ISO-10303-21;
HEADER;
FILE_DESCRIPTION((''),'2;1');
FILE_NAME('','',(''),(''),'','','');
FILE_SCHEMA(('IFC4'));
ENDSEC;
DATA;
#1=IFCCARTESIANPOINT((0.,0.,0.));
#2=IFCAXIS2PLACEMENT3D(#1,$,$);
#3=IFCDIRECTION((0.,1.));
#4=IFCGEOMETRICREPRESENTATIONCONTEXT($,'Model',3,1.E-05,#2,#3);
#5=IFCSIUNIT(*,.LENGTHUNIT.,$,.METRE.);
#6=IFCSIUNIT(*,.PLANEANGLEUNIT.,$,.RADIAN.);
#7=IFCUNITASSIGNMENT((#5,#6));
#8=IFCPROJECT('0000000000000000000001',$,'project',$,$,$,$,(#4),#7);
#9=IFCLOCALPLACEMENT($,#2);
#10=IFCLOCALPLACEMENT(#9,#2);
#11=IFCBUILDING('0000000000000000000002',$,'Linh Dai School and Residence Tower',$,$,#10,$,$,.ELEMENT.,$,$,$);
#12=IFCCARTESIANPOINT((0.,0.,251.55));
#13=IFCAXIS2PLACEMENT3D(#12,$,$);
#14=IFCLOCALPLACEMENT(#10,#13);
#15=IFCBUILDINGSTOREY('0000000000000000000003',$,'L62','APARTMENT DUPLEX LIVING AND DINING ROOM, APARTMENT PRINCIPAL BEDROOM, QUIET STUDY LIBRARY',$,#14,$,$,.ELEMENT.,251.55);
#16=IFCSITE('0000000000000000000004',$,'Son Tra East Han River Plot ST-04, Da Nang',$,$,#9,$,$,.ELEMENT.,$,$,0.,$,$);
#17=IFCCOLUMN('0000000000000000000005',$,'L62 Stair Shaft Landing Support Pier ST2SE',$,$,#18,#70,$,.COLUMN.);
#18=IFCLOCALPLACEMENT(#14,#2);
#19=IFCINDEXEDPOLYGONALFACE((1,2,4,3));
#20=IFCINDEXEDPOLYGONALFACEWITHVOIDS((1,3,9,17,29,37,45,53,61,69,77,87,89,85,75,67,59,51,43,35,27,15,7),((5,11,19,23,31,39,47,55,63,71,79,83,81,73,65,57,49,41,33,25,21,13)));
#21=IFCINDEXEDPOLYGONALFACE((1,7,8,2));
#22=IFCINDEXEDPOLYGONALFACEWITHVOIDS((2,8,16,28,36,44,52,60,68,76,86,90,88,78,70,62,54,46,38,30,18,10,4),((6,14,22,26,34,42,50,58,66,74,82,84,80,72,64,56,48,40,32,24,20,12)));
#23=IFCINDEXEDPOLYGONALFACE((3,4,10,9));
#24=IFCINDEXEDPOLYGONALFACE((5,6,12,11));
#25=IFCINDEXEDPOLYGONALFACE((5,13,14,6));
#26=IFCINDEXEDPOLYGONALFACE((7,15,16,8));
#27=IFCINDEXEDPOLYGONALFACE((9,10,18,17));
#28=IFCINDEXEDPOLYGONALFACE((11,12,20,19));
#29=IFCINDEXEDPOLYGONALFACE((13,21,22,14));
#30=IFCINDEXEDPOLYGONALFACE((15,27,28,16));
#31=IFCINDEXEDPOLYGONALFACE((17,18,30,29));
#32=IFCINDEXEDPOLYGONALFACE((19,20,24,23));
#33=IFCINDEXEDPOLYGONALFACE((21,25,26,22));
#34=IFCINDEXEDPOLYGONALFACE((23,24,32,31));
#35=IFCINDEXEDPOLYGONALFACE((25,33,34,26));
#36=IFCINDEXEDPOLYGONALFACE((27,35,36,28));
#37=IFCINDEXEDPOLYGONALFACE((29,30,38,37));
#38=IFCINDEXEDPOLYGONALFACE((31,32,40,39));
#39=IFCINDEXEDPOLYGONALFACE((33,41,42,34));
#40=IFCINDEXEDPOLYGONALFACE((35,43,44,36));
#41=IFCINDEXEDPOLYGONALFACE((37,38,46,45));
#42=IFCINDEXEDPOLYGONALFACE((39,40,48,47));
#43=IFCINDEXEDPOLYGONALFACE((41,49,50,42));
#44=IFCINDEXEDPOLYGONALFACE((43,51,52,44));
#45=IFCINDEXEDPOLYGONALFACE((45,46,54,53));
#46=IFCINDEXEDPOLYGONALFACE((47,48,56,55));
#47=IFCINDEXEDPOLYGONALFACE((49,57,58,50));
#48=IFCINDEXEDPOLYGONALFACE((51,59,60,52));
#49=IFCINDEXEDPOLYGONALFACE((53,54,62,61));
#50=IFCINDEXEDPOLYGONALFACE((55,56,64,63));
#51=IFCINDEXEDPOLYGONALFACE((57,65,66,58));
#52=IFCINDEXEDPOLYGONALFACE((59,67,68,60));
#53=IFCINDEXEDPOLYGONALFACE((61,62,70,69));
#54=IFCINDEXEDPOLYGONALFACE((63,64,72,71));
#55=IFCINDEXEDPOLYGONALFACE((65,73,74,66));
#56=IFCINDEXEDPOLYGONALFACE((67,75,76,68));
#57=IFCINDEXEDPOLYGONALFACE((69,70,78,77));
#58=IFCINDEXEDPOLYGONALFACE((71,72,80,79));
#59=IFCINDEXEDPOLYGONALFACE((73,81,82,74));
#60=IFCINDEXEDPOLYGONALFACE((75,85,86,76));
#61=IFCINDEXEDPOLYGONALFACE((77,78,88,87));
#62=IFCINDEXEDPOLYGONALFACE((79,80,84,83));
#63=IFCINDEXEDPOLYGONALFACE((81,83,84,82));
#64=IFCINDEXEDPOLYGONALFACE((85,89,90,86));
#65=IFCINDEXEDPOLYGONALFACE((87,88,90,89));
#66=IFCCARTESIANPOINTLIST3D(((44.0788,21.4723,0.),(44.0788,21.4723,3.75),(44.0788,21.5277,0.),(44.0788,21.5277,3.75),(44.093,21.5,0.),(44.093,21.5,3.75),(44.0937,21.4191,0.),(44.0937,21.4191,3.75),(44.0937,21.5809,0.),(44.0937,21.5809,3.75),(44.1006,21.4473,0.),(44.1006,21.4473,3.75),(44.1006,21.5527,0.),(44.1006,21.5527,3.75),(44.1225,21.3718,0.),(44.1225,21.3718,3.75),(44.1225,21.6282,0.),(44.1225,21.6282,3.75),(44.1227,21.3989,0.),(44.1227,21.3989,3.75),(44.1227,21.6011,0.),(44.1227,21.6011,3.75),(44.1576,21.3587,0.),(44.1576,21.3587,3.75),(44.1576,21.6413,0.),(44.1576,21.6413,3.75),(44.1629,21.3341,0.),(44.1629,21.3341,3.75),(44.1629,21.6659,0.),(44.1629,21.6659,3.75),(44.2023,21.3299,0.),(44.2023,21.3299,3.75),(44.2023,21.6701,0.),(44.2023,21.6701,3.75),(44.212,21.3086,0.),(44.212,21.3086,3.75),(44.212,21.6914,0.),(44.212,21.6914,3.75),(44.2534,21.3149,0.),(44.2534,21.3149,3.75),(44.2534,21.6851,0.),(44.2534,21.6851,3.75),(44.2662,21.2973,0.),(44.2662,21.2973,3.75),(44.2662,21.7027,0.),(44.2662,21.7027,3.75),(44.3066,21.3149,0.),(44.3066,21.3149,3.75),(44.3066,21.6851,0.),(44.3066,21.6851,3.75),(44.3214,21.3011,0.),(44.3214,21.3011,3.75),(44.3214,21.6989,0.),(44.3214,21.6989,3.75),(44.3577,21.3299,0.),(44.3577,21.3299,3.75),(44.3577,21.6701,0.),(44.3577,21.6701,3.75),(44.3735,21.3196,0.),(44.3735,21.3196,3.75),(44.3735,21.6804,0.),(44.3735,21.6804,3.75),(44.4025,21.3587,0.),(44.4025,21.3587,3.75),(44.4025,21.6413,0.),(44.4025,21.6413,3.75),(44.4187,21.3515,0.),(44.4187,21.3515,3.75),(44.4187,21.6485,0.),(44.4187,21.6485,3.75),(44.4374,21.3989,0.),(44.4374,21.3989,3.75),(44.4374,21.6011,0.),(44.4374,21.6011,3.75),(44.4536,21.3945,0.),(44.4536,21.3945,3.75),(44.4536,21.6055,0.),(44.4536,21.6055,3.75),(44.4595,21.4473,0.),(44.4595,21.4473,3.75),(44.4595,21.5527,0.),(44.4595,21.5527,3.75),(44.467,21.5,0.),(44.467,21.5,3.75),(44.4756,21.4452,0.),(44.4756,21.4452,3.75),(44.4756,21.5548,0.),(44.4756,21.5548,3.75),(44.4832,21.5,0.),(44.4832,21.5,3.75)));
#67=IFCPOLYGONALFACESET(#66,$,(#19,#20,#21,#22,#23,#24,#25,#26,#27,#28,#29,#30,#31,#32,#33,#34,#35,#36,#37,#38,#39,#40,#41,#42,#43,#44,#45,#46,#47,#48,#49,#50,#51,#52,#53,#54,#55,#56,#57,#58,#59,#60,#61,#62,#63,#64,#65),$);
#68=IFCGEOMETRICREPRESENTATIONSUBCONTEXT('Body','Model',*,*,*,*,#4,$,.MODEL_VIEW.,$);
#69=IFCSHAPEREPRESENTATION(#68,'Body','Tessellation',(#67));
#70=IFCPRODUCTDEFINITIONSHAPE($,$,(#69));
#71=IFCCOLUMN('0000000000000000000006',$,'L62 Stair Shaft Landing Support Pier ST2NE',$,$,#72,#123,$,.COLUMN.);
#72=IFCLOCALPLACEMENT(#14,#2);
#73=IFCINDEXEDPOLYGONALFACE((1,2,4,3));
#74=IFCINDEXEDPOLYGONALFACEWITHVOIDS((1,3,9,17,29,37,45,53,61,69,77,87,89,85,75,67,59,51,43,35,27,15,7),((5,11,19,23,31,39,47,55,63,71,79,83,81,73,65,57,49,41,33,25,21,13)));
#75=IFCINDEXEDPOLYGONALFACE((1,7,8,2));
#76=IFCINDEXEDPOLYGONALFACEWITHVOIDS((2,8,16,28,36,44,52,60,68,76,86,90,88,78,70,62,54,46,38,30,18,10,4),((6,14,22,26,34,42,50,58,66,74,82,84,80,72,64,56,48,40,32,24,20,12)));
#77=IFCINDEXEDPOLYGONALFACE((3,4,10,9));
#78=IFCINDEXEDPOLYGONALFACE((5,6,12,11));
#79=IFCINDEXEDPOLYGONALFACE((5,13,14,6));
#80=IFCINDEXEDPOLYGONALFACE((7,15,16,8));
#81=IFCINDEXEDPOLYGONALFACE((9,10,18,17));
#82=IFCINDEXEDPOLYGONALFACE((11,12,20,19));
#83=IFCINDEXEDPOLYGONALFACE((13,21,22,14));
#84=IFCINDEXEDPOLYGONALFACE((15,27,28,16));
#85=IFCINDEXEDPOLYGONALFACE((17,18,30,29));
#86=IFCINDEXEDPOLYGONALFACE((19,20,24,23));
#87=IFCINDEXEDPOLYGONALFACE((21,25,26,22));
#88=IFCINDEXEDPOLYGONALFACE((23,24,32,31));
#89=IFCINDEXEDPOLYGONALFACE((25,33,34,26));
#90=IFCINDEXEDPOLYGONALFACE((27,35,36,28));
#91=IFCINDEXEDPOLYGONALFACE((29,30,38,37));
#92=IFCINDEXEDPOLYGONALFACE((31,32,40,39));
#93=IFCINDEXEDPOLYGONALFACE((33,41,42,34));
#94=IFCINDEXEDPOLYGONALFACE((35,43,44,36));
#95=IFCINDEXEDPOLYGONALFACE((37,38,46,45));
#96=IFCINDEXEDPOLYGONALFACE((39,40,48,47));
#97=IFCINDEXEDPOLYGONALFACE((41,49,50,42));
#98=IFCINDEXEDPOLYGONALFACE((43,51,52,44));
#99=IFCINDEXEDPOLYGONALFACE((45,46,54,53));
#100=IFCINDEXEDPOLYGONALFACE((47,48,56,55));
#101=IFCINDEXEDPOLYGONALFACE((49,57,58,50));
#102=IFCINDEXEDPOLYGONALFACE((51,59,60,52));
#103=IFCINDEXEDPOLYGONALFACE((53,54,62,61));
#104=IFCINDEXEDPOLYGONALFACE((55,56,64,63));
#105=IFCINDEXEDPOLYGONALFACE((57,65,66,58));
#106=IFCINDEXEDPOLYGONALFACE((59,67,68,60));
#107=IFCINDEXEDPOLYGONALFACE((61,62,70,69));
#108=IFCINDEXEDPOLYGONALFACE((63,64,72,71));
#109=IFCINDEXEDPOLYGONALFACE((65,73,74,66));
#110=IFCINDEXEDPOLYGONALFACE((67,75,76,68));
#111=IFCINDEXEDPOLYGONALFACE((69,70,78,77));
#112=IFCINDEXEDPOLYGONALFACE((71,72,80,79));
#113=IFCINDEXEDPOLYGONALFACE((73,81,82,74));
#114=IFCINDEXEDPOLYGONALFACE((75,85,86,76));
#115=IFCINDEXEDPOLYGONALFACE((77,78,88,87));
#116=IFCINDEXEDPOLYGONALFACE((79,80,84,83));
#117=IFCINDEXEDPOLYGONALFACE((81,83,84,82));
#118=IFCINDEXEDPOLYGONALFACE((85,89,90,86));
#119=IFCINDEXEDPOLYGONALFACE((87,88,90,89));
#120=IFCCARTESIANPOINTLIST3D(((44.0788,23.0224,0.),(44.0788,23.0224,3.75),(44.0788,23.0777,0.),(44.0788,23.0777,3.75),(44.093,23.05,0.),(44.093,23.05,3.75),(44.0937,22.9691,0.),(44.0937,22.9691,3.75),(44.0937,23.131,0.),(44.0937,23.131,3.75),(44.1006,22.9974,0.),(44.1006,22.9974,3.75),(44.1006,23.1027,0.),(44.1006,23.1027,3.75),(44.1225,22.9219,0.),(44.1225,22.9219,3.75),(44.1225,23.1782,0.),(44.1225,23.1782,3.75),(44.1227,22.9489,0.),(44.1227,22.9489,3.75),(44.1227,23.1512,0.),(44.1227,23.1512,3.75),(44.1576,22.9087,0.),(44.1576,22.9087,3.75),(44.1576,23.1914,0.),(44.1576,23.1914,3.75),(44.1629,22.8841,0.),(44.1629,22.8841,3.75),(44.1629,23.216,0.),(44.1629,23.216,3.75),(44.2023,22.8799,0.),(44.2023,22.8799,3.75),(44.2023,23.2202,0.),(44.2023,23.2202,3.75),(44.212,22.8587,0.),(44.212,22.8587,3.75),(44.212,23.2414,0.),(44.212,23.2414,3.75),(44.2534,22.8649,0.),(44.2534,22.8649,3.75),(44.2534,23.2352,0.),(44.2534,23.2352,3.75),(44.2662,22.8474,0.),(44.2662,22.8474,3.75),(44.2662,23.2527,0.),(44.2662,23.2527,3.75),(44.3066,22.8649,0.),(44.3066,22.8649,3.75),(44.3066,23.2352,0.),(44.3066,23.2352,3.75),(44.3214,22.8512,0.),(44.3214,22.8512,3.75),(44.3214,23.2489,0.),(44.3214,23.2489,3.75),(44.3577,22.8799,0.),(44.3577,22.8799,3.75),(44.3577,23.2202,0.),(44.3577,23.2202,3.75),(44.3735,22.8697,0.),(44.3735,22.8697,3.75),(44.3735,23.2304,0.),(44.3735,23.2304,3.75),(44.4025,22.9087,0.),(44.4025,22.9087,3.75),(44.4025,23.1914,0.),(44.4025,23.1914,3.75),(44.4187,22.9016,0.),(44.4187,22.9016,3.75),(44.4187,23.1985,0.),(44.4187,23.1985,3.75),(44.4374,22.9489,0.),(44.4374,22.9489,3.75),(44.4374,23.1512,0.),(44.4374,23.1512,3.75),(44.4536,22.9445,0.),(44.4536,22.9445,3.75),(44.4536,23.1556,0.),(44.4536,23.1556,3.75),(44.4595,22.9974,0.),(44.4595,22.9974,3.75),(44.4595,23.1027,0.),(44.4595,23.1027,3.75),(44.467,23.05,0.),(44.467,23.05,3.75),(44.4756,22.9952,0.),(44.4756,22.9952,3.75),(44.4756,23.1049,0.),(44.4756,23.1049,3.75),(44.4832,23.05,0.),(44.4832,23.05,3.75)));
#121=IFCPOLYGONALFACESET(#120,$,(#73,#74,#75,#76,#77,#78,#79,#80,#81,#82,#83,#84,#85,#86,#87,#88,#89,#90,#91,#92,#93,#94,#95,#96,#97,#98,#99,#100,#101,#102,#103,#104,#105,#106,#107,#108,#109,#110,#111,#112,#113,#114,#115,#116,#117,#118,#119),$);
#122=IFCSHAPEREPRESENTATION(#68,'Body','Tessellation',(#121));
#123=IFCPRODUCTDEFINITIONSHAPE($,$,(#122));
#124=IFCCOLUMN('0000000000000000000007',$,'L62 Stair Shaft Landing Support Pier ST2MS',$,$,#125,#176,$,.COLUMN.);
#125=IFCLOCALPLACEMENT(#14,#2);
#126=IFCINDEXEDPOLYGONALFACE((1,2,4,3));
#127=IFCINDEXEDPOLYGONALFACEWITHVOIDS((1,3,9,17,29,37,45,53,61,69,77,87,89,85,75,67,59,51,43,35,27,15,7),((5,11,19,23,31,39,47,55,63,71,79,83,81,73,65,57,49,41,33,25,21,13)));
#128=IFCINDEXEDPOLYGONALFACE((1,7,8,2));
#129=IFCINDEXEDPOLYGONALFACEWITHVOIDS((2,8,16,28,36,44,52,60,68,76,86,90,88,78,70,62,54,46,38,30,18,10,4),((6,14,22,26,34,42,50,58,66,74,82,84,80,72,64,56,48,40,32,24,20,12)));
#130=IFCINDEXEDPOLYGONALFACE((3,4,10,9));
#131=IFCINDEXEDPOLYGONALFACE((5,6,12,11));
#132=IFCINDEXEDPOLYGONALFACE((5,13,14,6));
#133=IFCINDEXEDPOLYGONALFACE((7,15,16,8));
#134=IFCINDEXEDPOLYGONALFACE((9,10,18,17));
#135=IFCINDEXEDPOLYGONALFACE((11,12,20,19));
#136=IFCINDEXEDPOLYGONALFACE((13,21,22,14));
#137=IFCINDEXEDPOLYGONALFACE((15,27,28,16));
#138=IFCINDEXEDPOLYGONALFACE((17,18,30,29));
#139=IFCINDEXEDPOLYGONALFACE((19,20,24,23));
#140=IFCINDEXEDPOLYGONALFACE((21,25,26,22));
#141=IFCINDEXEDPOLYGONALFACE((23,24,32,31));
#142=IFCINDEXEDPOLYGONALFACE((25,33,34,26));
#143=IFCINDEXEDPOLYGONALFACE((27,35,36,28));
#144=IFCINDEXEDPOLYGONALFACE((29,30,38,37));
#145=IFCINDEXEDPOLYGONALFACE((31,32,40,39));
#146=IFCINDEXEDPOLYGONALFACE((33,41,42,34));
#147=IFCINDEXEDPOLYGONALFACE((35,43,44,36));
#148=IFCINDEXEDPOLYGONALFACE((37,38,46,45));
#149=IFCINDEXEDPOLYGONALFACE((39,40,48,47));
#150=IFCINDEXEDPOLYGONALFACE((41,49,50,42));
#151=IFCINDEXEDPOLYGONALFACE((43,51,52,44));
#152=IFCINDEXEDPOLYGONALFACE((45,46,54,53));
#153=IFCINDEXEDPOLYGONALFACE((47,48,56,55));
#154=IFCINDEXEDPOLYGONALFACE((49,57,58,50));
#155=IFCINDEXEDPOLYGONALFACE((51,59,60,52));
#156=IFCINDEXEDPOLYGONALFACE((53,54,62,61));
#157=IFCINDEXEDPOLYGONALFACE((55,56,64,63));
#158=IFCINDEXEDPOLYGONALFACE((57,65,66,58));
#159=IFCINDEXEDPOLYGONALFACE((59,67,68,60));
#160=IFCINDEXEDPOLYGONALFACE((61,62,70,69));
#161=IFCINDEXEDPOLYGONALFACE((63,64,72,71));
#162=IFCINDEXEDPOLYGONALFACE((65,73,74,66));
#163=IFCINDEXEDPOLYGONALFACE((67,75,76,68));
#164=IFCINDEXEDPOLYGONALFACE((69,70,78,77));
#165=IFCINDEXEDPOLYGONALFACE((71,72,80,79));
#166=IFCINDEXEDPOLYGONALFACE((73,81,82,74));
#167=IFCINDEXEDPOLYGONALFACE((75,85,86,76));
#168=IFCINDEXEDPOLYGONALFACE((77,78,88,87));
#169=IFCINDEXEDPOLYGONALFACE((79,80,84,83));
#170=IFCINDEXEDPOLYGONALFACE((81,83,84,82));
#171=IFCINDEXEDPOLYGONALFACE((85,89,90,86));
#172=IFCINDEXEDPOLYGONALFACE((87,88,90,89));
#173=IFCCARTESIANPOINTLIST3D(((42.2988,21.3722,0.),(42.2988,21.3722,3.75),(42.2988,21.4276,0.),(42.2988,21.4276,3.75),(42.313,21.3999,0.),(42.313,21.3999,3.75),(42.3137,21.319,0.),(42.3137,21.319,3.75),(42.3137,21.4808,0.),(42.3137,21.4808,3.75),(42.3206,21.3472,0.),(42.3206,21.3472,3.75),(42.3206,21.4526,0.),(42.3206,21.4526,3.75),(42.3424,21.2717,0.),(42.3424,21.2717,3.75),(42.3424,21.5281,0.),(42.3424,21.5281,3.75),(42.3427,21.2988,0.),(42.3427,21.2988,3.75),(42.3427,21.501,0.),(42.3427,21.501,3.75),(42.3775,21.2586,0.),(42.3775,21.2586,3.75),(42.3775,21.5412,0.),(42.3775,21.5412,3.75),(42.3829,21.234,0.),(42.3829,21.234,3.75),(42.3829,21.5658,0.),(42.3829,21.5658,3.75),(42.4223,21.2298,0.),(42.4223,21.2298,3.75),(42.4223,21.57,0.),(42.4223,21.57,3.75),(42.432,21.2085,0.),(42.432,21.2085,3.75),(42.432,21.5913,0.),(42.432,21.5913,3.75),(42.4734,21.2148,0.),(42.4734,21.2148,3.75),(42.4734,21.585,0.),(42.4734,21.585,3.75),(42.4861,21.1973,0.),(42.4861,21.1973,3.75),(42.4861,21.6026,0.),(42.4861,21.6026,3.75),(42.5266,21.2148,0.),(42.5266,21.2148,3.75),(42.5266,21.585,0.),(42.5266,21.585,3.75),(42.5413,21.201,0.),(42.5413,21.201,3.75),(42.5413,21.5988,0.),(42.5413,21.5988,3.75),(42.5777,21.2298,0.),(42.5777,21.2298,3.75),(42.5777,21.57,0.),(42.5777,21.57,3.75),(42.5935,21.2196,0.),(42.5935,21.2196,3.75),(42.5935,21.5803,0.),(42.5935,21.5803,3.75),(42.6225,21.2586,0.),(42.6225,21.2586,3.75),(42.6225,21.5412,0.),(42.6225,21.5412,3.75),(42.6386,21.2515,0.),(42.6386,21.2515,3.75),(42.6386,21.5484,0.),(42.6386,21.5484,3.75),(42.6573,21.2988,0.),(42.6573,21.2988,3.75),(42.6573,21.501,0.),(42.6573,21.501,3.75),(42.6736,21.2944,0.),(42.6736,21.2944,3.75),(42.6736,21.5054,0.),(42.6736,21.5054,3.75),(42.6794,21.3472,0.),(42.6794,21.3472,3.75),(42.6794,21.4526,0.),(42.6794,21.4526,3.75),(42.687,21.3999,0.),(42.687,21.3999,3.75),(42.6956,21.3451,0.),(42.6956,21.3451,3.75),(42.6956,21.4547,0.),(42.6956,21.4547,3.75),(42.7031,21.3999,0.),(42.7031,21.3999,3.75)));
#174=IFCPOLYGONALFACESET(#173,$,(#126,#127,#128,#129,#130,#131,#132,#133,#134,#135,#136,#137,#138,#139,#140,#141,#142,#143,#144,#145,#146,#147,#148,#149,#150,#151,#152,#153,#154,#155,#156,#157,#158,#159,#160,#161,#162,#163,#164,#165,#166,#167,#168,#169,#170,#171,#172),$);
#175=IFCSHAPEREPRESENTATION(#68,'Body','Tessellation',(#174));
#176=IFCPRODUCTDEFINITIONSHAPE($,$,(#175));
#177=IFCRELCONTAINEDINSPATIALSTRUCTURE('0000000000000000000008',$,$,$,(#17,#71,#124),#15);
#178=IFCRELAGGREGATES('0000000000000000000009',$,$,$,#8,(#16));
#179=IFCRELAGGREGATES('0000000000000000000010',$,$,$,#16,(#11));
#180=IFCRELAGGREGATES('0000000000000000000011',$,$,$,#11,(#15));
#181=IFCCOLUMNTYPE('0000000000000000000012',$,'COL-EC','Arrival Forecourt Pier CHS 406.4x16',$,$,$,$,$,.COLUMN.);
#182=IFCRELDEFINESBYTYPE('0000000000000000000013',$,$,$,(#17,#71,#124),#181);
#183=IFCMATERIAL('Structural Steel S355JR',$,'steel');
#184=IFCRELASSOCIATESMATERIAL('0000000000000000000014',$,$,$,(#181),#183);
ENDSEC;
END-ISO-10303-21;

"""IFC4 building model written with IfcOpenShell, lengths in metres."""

from ifc_helpers import new_model, si_unit, direction, frame, origin, origin_2d, place, context, subcontext, project, spatial, hollow_circle, extrude, material, material_profile, profile_set, type_object, element, save


model = new_model("IFC4")

# Units and contexts
model_context = context("Model", 3, precision=1e-05, world=origin(), true_north=direction((0.0, 1.0)))
body_context = subcontext(model_context, "Body", "Model", "MODEL_VIEW")
ifc_project = project(units=[si_unit("LENGTHUNIT", "METRE"), si_unit("PLANEANGLEUNIT", "RADIAN")], contexts=[model_context])

# Site, building, storey
site_placement = place(None, origin())
site = spatial("IfcSite", under=ifc_project, at=site_placement, Name="Son Tra East Han River Plot ST-04, Da Nang", CompositionType="ELEMENT", RefElevation=0.0)
building_placement = place(site_placement, origin())
building = spatial("IfcBuilding", under=site, at=building_placement, Name="Linh Dai School and Residence Tower", CompositionType="ELEMENT")
storey_placement = place(building_placement, frame((0.0, 0.0, 251.55)))
storey = spatial("IfcBuildingStorey", under=building, at=storey_placement, Name="L62", Description="APARTMENT DUPLEX LIVING AND DINING ROOM, APARTMENT PRINCIPAL BEDROOM, QUIET STUDY LIBRARY", CompositionType="ELEMENT", Elevation=251.55)

# Columns
ifc_material_1 = material(Name="Structural Steel S355JR", Category="steel")
ifc_material_profile_1 = material_profile(ifc_material_1, hollow_circle(Radius=0.2031, WallThickness=0.0161, at=origin_2d()), Name="CHS 406.4x16")
ifc_profile_set_1 = profile_set([ifc_material_profile_1], Name="Structural Steel S355JR")
column_type_1 = type_object("IfcColumnType", Name="COL-EC", Description="Arrival Forecourt Pier CHS 406.4x16", PredefinedType="COLUMN", material=ifc_profile_set_1)
for number, where, z_axis, x_axis, name in (
    (1, (44.28, 21.5, 0.0), (0.0, 0.0, 1.0), (1.0, 0.0, 0.0), "L62 Stair Shaft Landing Support Pier ST2SE"),
    (2, (44.28, 23.05, 0.0), (0.0, 0.0, 1.0), (1.0, 0.0, 0.0), "L62 Stair Shaft Landing Support Pier ST2NE"),
    (3, (42.5, 21.3999, 0.0), (0.0, 0.0, 1.0), (1.0, 0.0, 0.0), "L62 Stair Shaft Landing Support Pier ST2MS"),
):
    element("IfcColumn", number, at=place(storey_placement, frame(where, z_axis=z_axis, x_axis=x_axis)), inside=storey, type_object=column_type_1, Name=name, PredefinedType="COLUMN", context=body_context, shape_type="SweptSolid", body=[
        extrude(hollow_circle(Radius=0.2031, WallThickness=0.0161, at=origin_2d()), origin(), (0.0, 0.0, 1.0), 3.75),
    ])

save(model, "model.ifc")
